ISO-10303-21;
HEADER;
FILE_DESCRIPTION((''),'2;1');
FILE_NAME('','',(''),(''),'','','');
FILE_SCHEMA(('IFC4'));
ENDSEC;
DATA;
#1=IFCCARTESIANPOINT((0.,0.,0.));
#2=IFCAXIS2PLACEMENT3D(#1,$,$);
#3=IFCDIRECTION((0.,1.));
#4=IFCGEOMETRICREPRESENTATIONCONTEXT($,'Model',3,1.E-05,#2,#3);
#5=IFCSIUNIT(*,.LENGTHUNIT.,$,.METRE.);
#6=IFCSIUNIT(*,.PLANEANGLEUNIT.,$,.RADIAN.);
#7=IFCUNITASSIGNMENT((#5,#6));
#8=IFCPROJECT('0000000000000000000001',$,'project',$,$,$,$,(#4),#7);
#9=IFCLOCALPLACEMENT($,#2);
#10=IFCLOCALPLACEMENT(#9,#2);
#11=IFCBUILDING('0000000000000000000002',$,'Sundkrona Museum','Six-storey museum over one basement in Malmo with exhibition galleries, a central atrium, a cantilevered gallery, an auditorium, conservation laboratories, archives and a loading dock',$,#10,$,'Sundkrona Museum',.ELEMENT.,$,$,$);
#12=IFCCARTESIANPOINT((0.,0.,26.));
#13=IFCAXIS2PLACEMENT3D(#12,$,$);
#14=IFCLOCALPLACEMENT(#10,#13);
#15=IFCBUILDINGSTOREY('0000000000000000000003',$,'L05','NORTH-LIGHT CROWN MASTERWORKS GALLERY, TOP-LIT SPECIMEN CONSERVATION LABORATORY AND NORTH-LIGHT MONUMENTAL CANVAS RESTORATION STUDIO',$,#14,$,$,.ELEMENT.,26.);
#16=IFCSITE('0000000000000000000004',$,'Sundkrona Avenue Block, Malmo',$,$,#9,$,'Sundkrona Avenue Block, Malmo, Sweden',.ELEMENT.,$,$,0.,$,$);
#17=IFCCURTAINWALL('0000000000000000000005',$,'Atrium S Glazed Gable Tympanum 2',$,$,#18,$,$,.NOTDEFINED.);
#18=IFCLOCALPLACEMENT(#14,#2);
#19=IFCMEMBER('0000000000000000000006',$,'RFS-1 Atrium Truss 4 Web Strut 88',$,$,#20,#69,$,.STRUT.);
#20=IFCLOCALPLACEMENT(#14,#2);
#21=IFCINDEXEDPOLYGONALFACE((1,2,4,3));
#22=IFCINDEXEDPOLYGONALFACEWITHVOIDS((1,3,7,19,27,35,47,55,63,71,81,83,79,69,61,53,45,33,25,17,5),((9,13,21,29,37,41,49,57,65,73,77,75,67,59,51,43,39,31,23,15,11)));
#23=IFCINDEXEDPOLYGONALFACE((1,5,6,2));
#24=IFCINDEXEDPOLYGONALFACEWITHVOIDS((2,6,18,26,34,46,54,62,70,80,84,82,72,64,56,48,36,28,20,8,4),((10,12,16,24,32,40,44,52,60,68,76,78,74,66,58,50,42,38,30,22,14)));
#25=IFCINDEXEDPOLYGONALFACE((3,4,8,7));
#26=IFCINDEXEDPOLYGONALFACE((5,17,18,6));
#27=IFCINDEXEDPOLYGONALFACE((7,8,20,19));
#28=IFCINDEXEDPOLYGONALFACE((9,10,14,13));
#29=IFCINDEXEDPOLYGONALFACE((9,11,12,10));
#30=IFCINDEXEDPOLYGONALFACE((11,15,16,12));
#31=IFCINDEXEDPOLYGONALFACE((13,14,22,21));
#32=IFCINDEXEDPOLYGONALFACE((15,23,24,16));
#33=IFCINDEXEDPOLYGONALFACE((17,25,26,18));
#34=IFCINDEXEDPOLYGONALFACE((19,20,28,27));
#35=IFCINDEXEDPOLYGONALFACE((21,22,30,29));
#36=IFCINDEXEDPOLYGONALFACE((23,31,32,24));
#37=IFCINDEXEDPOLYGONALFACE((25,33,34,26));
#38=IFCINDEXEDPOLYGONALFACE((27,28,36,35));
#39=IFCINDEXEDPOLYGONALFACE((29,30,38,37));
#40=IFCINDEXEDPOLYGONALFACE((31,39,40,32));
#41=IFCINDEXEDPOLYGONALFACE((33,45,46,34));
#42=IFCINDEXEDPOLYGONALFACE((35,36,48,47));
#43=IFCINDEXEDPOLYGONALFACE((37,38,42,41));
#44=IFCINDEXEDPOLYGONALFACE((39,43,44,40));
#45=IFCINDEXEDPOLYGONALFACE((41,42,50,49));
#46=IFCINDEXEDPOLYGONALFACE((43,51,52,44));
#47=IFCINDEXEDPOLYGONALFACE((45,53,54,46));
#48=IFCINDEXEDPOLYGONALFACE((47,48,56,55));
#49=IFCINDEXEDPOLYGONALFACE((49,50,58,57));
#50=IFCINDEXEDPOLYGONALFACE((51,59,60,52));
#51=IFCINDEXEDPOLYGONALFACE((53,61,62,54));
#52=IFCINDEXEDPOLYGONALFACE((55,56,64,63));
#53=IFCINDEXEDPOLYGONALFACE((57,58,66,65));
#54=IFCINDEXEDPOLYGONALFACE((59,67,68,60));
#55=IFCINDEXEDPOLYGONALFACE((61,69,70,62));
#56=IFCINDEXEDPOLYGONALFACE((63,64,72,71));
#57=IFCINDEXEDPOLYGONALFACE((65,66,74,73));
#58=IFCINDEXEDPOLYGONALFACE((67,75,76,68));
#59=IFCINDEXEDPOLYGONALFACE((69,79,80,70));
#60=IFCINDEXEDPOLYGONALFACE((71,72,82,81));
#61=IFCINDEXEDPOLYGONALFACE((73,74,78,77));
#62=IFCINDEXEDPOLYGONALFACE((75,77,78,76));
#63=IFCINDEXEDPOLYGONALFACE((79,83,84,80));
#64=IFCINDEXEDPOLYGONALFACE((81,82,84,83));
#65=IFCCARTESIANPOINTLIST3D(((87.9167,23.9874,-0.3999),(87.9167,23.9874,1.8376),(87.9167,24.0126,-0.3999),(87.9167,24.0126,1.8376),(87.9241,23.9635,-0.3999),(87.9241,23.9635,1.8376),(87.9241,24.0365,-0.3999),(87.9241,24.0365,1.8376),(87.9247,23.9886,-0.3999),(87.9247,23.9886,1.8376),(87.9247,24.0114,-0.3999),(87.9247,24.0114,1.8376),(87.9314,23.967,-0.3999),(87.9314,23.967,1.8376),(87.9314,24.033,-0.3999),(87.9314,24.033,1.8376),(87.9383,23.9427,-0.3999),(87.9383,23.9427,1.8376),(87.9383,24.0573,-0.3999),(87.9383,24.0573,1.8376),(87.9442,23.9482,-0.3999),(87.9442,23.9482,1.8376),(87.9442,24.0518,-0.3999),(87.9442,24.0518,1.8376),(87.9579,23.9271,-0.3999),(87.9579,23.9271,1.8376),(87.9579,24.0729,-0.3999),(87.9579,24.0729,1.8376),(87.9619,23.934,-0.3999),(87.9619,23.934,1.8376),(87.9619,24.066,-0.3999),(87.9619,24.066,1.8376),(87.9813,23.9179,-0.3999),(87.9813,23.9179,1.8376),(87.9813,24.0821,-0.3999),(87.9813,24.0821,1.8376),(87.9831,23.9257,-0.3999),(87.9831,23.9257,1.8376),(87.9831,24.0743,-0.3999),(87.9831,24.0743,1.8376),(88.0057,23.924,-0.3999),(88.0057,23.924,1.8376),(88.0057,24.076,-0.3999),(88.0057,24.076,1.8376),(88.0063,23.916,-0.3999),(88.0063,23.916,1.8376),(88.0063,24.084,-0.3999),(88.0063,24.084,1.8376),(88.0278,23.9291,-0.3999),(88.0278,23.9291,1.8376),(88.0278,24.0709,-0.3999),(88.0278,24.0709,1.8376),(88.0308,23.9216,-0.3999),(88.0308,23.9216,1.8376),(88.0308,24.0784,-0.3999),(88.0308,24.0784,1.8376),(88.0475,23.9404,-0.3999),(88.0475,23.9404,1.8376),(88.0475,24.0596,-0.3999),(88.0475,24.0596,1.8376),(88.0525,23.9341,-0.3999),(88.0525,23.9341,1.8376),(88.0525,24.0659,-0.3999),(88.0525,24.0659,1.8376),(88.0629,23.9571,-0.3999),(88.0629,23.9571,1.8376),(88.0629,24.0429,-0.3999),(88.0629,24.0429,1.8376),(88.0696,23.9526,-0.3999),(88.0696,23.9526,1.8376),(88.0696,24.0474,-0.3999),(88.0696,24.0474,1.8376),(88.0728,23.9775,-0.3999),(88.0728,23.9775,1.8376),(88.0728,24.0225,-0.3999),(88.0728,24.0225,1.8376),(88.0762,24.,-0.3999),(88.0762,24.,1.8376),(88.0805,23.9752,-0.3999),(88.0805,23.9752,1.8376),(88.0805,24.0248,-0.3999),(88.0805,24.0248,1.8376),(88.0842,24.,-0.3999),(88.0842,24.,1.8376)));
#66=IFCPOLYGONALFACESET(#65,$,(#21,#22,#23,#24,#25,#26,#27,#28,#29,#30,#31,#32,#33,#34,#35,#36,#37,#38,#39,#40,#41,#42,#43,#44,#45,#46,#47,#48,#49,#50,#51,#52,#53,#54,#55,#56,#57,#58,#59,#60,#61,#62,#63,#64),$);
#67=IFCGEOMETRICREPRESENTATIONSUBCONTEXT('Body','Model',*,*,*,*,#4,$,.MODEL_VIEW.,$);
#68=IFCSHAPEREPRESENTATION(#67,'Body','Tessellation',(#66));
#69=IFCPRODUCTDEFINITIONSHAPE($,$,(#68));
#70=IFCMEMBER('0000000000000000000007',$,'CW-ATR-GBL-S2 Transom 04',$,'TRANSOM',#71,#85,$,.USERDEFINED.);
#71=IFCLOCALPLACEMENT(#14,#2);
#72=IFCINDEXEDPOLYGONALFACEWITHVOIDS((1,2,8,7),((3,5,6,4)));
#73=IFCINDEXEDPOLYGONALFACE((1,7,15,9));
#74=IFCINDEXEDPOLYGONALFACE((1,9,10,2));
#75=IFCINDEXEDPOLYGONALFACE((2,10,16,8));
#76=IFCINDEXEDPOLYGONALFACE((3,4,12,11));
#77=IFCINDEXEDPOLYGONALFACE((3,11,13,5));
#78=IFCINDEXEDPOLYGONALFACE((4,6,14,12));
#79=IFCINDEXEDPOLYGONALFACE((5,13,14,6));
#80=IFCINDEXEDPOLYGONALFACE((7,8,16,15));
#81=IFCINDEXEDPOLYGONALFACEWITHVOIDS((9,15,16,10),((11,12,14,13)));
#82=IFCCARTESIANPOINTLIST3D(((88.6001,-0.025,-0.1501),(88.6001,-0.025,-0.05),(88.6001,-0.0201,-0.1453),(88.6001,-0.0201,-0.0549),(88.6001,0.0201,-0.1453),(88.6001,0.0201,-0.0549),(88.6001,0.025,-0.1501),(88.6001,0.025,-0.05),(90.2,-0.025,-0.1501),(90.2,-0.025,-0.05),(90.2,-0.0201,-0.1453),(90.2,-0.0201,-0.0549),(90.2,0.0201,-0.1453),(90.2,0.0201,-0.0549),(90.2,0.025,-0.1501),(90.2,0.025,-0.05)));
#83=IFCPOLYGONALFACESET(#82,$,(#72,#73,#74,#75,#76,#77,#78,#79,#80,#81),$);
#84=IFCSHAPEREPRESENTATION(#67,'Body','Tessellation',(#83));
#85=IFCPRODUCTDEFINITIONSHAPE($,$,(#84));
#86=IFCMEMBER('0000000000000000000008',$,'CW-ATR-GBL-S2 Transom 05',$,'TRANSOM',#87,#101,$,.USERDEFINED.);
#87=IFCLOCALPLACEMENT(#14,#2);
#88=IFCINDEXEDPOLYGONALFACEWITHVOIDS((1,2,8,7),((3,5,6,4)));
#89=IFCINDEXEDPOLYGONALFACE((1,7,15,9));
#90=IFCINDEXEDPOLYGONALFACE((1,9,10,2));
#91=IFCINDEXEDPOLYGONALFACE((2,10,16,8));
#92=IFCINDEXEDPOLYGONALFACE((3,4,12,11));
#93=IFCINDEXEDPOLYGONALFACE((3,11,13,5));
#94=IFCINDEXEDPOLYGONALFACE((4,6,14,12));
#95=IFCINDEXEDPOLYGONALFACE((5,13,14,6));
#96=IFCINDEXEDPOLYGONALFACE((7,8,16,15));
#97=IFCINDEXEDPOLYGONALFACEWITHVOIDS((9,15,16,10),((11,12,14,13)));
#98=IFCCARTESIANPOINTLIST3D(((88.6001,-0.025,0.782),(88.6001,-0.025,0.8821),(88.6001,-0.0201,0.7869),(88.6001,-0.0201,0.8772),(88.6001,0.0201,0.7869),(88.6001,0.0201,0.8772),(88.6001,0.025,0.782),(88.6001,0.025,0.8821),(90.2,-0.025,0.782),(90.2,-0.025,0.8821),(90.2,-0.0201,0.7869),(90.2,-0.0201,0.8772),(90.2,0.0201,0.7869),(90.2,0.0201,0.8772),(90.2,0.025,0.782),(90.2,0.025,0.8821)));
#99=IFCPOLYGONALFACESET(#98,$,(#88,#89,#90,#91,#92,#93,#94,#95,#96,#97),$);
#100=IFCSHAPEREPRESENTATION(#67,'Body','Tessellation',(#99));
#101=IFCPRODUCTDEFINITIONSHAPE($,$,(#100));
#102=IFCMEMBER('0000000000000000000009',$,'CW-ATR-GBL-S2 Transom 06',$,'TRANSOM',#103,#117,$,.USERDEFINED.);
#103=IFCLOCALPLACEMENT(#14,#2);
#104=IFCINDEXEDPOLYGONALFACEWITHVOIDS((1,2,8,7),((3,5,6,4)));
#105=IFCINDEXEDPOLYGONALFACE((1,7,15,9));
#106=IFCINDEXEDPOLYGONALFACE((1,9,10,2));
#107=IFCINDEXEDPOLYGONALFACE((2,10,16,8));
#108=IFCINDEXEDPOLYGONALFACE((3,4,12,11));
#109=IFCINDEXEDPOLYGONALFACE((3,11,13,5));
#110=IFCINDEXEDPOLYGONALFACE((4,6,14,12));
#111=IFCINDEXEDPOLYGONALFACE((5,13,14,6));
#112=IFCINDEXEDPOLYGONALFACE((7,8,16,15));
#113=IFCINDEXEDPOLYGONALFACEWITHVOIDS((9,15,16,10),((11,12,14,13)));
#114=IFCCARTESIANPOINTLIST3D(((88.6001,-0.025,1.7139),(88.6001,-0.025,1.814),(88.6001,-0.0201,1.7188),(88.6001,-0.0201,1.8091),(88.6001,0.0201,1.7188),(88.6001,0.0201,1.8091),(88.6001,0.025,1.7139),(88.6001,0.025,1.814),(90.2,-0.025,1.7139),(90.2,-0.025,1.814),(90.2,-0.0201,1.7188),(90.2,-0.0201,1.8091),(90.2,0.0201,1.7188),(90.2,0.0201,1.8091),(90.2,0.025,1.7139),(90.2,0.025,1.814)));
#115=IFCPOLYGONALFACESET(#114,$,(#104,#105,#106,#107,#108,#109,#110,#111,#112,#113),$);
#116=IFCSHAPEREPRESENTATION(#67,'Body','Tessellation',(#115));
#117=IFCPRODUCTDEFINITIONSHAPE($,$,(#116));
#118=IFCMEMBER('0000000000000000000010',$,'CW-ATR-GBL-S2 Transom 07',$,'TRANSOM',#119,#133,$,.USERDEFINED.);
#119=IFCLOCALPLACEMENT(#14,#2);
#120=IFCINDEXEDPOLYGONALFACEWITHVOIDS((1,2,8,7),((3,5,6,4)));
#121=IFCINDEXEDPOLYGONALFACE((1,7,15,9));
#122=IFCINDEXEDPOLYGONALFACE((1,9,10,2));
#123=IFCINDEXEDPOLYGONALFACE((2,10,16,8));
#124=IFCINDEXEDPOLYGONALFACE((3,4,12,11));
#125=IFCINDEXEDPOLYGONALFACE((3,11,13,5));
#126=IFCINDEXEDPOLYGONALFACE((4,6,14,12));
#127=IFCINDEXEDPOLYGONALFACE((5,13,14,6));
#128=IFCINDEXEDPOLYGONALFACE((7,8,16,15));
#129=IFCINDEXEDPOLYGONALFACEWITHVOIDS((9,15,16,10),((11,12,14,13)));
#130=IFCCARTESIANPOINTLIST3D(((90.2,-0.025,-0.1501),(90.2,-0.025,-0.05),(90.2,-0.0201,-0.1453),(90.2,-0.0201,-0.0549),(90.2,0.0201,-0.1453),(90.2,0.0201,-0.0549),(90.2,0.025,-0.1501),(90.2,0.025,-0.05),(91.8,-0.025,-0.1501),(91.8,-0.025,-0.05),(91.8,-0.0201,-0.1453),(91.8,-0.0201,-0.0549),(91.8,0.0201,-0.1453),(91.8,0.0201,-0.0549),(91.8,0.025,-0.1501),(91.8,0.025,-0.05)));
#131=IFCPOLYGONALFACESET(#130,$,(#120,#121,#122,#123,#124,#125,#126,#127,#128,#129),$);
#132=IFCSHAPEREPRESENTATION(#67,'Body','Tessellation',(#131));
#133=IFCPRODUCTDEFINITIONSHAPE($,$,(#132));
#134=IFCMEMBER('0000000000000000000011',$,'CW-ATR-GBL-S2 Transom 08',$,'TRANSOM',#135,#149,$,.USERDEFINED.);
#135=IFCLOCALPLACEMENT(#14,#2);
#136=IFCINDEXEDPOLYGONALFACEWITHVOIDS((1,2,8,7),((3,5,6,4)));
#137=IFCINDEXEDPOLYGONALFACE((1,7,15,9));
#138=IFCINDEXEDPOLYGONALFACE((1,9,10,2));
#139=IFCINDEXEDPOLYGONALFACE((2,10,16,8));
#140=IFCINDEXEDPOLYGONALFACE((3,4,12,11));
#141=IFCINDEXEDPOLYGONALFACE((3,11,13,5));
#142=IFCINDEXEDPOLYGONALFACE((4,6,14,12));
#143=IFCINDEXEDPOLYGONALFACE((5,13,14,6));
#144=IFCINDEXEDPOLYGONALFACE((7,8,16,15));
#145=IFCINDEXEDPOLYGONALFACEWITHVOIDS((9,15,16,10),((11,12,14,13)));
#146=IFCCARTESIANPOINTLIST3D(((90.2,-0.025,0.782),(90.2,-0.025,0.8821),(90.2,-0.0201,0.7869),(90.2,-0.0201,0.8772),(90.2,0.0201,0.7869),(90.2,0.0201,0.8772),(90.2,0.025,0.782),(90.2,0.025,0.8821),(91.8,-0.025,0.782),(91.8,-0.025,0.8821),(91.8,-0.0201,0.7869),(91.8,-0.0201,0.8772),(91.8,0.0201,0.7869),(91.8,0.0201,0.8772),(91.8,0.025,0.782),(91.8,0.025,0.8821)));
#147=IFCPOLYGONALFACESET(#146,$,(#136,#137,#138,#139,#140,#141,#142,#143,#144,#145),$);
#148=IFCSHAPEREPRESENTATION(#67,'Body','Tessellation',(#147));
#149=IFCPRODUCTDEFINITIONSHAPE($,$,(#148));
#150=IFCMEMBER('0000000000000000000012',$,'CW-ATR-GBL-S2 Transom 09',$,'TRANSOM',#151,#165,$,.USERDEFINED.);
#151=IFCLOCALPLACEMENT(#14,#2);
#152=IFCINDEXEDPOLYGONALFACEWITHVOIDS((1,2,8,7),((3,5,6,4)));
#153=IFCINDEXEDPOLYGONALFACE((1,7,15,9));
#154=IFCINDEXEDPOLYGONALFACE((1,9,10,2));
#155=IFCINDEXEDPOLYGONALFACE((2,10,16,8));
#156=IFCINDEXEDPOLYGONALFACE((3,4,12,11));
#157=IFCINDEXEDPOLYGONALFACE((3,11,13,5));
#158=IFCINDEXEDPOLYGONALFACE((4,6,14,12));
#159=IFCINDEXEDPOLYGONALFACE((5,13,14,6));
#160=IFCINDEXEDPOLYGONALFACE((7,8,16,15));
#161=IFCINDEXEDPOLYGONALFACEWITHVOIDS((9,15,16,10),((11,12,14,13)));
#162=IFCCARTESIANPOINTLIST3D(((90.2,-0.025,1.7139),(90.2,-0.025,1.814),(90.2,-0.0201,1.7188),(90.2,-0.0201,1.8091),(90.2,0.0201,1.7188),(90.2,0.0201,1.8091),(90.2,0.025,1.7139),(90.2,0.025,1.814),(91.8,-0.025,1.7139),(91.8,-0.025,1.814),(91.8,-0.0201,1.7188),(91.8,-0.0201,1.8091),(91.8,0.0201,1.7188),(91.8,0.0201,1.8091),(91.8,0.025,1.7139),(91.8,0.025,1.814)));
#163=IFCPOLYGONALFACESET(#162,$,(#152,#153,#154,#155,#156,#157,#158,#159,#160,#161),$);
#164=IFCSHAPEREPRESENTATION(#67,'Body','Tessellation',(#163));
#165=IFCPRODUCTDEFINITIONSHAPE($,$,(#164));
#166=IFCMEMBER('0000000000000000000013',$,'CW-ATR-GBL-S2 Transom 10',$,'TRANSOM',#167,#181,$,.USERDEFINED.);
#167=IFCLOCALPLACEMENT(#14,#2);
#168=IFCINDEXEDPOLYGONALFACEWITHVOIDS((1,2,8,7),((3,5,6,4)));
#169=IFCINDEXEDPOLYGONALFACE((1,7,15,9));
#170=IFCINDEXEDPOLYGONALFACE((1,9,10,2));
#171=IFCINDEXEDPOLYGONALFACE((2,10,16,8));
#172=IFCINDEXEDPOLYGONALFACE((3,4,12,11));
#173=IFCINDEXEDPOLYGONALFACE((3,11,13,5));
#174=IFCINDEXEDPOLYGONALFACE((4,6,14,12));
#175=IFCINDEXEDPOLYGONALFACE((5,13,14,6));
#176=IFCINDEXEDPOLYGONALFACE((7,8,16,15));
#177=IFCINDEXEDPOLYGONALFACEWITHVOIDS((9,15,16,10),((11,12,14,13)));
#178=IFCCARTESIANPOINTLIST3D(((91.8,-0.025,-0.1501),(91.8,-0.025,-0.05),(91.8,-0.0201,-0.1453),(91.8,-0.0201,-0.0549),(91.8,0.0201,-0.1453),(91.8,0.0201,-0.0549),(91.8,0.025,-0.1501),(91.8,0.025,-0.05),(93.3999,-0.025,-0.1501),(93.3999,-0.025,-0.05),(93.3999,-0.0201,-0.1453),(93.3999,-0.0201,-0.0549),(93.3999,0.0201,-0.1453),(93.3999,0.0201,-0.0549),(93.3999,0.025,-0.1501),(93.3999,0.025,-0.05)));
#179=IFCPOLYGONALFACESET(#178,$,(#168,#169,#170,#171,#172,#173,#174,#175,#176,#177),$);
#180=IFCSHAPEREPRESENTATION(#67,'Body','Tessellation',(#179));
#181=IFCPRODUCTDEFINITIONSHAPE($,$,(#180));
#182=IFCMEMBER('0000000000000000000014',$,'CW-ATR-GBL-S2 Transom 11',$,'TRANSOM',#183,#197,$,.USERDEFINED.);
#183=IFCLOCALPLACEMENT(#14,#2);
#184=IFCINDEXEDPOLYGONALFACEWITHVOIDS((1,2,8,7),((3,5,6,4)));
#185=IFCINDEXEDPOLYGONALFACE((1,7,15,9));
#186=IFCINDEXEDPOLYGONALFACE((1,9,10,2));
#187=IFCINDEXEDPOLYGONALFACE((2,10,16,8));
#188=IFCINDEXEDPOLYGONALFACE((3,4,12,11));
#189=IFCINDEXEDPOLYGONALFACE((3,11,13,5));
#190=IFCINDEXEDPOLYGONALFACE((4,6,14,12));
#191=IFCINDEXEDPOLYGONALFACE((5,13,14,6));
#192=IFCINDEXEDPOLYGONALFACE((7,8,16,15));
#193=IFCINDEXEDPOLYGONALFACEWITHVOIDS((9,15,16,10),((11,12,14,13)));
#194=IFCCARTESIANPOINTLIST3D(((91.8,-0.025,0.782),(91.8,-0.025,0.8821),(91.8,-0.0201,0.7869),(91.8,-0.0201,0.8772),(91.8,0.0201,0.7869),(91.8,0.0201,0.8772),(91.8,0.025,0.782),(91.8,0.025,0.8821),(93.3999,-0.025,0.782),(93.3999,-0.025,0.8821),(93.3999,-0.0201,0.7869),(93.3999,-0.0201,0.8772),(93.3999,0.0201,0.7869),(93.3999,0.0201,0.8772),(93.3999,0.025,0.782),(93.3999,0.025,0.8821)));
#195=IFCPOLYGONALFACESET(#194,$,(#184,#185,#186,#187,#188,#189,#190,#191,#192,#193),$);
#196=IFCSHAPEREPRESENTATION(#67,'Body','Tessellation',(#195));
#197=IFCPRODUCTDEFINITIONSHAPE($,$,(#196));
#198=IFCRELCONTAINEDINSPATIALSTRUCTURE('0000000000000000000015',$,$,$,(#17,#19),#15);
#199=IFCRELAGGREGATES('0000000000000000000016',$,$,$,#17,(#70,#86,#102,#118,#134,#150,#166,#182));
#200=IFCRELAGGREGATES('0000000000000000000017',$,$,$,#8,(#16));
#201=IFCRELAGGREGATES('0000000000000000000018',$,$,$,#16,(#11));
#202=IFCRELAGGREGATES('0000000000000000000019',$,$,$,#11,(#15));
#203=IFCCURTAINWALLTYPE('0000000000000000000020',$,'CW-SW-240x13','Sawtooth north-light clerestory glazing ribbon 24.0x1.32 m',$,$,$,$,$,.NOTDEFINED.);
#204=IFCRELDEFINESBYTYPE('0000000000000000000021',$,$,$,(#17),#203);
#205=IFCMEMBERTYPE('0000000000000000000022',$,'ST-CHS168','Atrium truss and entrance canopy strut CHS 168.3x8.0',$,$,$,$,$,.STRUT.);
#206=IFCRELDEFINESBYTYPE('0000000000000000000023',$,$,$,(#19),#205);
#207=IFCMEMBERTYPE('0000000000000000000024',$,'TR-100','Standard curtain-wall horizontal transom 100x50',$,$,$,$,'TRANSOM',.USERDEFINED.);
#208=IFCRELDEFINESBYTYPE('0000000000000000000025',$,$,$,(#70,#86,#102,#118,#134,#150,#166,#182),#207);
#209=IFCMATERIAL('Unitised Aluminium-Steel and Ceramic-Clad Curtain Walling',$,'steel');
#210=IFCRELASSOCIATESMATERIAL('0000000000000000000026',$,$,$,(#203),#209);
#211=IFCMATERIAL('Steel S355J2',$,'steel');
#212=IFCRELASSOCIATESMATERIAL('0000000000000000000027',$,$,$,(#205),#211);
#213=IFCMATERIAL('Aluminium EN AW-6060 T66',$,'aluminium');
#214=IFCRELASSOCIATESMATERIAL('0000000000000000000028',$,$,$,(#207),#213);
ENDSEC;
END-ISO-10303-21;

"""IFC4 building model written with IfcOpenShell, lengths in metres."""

from ifc_helpers import new_model, si_unit, direction, frame, origin, origin_2d, place, context, subcontext, project, spatial, hollow_rectangle, hollow_circle, extrude, material, material_profile, profile_set, type_object, element, aggregate, save


model = new_model("IFC4")

# Units and contexts
model_context = context("Model", 3, precision=1e-05, world=origin(), true_north=direction((0.0, 1.0)))
body_context = subcontext(model_context, "Body", "Model", "MODEL_VIEW")
ifc_project = project(units=[si_unit("LENGTHUNIT", "METRE"), si_unit("PLANEANGLEUNIT", "RADIAN")], contexts=[model_context])

# Site, building, storey
site_placement = place(None, origin())
site = spatial("IfcSite", under=ifc_project, at=site_placement, Name="Sundkrona Avenue Block, Malmo", LongName="Sundkrona Avenue Block, Malmo, Sweden", CompositionType="ELEMENT", RefElevation=0.0)
building_placement = place(site_placement, origin())
building = spatial("IfcBuilding", under=site, at=building_placement, Name="Sundkrona Museum", Description="Six-storey museum over one basement in Malmo with exhibition galleries, a central atrium, a cantilevered gallery, an auditorium, conservation laboratories, archives and a loading dock", LongName="Sundkrona Museum", CompositionType="ELEMENT")
storey_placement = place(building_placement, frame((0.0, 0.0, 26.0)))
storey = spatial("IfcBuildingStorey", under=building, at=storey_placement, Name="L05", Description="NORTH-LIGHT CROWN MASTERWORKS GALLERY, TOP-LIT SPECIMEN CONSERVATION LABORATORY AND NORTH-LIGHT MONUMENTAL CANVAS RESTORATION STUDIO", CompositionType="ELEMENT", Elevation=26.0)

# Curtain wall
ifc_material_1 = material(Name="Unitised Aluminium-Steel and Ceramic-Clad Curtain Walling", Category="steel")
curtain_wall_type = type_object("IfcCurtainWallType", Name="CW-SW-240x13", Description="Sawtooth north-light clerestory glazing ribbon 24.0x1.32 m", PredefinedType="NOTDEFINED", material=ifc_material_1)
curtain_wall_1_placement = place(storey_placement, origin())
curtain_wall_1 = element("IfcCurtainWall", 1, at=curtain_wall_1_placement, inside=storey, type_object=curtain_wall_type, Name="Atrium S Glazed Gable Tympanum 2", PredefinedType="NOTDEFINED")
ifc_material_2 = material(Name="Aluminium EN AW-6060 T66", Category="aluminium")

# Member
ifc_material_3 = material(Name="Steel S355J2", Category="steel")
ifc_material_profile_1 = material_profile(ifc_material_3, hollow_circle(Radius=0.0842, WallThickness=0.0081, at=origin_2d()), Name="CHS 168.3x8.0")
ifc_profile_set_1 = profile_set([ifc_material_profile_1], Name="Steel S355J2")
member_type_1 = type_object("IfcMemberType", Name="ST-CHS168", Description="Atrium truss and entrance canopy strut CHS 168.3x8.0", PredefinedType="STRUT", material=ifc_profile_set_1)
for number, where, z_axis, x_axis, name in (
    (2, (88.0, 24.0, -0.3999), (0.0, 0.0, 1.0), (1.0, 0.0, 0.0), "RFS-1 Atrium Truss 4 Web Strut 88"),
):
    element("IfcMember", number, at=place(storey_placement, frame(where, z_axis=z_axis, x_axis=x_axis)), inside=storey, type_object=member_type_1, Name=name, PredefinedType="STRUT", context=body_context, shape_type="SweptSolid", body=[
        extrude(hollow_circle(Radius=0.0842, WallThickness=0.0081, at=origin_2d()), origin(), (0.0, 0.0, 1.0), 2.2375),
    ])

# Members
ifc_material_profile_2 = material_profile(ifc_material_2, hollow_rectangle(XDim=0.05, YDim=0.1001, WallThickness=0.0049, at=origin_2d()), Name="RHS 100x50x5.0")
ifc_profile_set_2 = profile_set([ifc_material_profile_2], Name="Aluminium EN AW-6060 T66")
member_type_2 = type_object("IfcMemberType", Name="TR-100", Description="Standard curtain-wall horizontal transom 100x50", ElementType="TRANSOM", PredefinedType="USERDEFINED", material=ifc_profile_set_2)
member_1_placement = place(storey_placement, frame((88.6001, 0.0, -0.1001), z_axis=(1.0, 0.0, 0.0), x_axis=(0.0, 1.0, 0.0)))
member_1 = element("IfcMember", 3, at=member_1_placement, type_object=member_type_2, Name="CW-ATR-GBL-S2 Transom 04", ObjectType="TRANSOM", PredefinedType="USERDEFINED", context=body_context, shape_type="SweptSolid", body=[
    extrude(hollow_rectangle(XDim=0.05, YDim=0.1001, WallThickness=0.0049, at=origin_2d()), origin(), (0.0, 0.0, 1.0), 1.5999),
])
member_2_placement = place(storey_placement, frame((88.6001, 0.0, 0.832), z_axis=(1.0, 0.0, 0.0), x_axis=(0.0, 1.0, 0.0)))
member_2 = element("IfcMember", 4, at=member_2_placement, type_object=member_type_2, Name="CW-ATR-GBL-S2 Transom 05", ObjectType="TRANSOM", PredefinedType="USERDEFINED", context=body_context, shape_type="SweptSolid", body=[
    extrude(hollow_rectangle(XDim=0.05, YDim=0.1001, WallThickness=0.0049, at=origin_2d()), origin(), (0.0, 0.0, 1.0), 1.5999),
])
member_3_placement = place(storey_placement, frame((88.6001, 0.0, 1.7639), z_axis=(1.0, 0.0, 0.0), x_axis=(0.0, 1.0, 0.0)))
member_3 = element("IfcMember", 5, at=member_3_placement, type_object=member_type_2, Name="CW-ATR-GBL-S2 Transom 06", ObjectType="TRANSOM", PredefinedType="USERDEFINED", context=body_context, shape_type="SweptSolid", body=[
    extrude(hollow_rectangle(XDim=0.05, YDim=0.1001, WallThickness=0.0049, at=origin_2d()), origin(), (0.0, 0.0, 1.0), 1.5999),
])
member_4_placement = place(storey_placement, frame((90.2, 0.0, -0.1001), z_axis=(1.0, 0.0, 0.0), x_axis=(0.0, 1.0, 0.0)))
member_4 = element("IfcMember", 6, at=member_4_placement, type_object=member_type_2, Name="CW-ATR-GBL-S2 Transom 07", ObjectType="TRANSOM", PredefinedType="USERDEFINED", context=body_context, shape_type="SweptSolid", body=[
    extrude(hollow_rectangle(XDim=0.05, YDim=0.1001, WallThickness=0.0049, at=origin_2d()), origin(), (0.0, 0.0, 1.0), 1.6001),
])
member_5_placement = place(storey_placement, frame((90.2, 0.0, 0.832), z_axis=(1.0, 0.0, 0.0), x_axis=(0.0, 1.0, 0.0)))
member_5 = element("IfcMember", 7, at=member_5_placement, type_object=member_type_2, Name="CW-ATR-GBL-S2 Transom 08", ObjectType="TRANSOM", PredefinedType="USERDEFINED", context=body_context, shape_type="SweptSolid", body=[
    extrude(hollow_rectangle(XDim=0.05, YDim=0.1001, WallThickness=0.0049, at=origin_2d()), origin(), (0.0, 0.0, 1.0), 1.6001),
])
member_6_placement = place(storey_placement, frame((90.2, 0.0, 1.7639), z_axis=(1.0, 0.0, 0.0), x_axis=(0.0, 1.0, 0.0)))
member_6 = element("IfcMember", 8, at=member_6_placement, type_object=member_type_2, Name="CW-ATR-GBL-S2 Transom 09", ObjectType="TRANSOM", PredefinedType="USERDEFINED", context=body_context, shape_type="SweptSolid", body=[
    extrude(hollow_rectangle(XDim=0.05, YDim=0.1001, WallThickness=0.0049, at=origin_2d()), origin(), (0.0, 0.0, 1.0), 1.6001),
])
member_7_placement = place(storey_placement, frame((91.8, 0.0, -0.1001), z_axis=(1.0, 0.0, 0.0), x_axis=(0.0, 1.0, 0.0)))
member_7 = element("IfcMember", 9, at=member_7_placement, type_object=member_type_2, Name="CW-ATR-GBL-S2 Transom 10", ObjectType="TRANSOM", PredefinedType="USERDEFINED", context=body_context, shape_type="SweptSolid", body=[
    extrude(hollow_rectangle(XDim=0.05, YDim=0.1001, WallThickness=0.0049, at=origin_2d()), origin(), (0.0, 0.0, 1.0), 1.5999),
])
member_8_placement = place(storey_placement, frame((91.8, 0.0, 0.832), z_axis=(1.0, 0.0, 0.0), x_axis=(0.0, 1.0, 0.0)))
member_8 = element("IfcMember", 10, at=member_8_placement, type_object=member_type_2, Name="CW-ATR-GBL-S2 Transom 11", ObjectType="TRANSOM", PredefinedType="USERDEFINED", context=body_context, shape_type="SweptSolid", body=[
    extrude(hollow_rectangle(XDim=0.05, YDim=0.1001, WallThickness=0.0049, at=origin_2d()), origin(), (0.0, 0.0, 1.0), 1.5999),
])

aggregate(curtain_wall_1, [member_1, member_2, member_3, member_4, member_5, member_6, member_7, member_8])

save(model, "model.ifc")
